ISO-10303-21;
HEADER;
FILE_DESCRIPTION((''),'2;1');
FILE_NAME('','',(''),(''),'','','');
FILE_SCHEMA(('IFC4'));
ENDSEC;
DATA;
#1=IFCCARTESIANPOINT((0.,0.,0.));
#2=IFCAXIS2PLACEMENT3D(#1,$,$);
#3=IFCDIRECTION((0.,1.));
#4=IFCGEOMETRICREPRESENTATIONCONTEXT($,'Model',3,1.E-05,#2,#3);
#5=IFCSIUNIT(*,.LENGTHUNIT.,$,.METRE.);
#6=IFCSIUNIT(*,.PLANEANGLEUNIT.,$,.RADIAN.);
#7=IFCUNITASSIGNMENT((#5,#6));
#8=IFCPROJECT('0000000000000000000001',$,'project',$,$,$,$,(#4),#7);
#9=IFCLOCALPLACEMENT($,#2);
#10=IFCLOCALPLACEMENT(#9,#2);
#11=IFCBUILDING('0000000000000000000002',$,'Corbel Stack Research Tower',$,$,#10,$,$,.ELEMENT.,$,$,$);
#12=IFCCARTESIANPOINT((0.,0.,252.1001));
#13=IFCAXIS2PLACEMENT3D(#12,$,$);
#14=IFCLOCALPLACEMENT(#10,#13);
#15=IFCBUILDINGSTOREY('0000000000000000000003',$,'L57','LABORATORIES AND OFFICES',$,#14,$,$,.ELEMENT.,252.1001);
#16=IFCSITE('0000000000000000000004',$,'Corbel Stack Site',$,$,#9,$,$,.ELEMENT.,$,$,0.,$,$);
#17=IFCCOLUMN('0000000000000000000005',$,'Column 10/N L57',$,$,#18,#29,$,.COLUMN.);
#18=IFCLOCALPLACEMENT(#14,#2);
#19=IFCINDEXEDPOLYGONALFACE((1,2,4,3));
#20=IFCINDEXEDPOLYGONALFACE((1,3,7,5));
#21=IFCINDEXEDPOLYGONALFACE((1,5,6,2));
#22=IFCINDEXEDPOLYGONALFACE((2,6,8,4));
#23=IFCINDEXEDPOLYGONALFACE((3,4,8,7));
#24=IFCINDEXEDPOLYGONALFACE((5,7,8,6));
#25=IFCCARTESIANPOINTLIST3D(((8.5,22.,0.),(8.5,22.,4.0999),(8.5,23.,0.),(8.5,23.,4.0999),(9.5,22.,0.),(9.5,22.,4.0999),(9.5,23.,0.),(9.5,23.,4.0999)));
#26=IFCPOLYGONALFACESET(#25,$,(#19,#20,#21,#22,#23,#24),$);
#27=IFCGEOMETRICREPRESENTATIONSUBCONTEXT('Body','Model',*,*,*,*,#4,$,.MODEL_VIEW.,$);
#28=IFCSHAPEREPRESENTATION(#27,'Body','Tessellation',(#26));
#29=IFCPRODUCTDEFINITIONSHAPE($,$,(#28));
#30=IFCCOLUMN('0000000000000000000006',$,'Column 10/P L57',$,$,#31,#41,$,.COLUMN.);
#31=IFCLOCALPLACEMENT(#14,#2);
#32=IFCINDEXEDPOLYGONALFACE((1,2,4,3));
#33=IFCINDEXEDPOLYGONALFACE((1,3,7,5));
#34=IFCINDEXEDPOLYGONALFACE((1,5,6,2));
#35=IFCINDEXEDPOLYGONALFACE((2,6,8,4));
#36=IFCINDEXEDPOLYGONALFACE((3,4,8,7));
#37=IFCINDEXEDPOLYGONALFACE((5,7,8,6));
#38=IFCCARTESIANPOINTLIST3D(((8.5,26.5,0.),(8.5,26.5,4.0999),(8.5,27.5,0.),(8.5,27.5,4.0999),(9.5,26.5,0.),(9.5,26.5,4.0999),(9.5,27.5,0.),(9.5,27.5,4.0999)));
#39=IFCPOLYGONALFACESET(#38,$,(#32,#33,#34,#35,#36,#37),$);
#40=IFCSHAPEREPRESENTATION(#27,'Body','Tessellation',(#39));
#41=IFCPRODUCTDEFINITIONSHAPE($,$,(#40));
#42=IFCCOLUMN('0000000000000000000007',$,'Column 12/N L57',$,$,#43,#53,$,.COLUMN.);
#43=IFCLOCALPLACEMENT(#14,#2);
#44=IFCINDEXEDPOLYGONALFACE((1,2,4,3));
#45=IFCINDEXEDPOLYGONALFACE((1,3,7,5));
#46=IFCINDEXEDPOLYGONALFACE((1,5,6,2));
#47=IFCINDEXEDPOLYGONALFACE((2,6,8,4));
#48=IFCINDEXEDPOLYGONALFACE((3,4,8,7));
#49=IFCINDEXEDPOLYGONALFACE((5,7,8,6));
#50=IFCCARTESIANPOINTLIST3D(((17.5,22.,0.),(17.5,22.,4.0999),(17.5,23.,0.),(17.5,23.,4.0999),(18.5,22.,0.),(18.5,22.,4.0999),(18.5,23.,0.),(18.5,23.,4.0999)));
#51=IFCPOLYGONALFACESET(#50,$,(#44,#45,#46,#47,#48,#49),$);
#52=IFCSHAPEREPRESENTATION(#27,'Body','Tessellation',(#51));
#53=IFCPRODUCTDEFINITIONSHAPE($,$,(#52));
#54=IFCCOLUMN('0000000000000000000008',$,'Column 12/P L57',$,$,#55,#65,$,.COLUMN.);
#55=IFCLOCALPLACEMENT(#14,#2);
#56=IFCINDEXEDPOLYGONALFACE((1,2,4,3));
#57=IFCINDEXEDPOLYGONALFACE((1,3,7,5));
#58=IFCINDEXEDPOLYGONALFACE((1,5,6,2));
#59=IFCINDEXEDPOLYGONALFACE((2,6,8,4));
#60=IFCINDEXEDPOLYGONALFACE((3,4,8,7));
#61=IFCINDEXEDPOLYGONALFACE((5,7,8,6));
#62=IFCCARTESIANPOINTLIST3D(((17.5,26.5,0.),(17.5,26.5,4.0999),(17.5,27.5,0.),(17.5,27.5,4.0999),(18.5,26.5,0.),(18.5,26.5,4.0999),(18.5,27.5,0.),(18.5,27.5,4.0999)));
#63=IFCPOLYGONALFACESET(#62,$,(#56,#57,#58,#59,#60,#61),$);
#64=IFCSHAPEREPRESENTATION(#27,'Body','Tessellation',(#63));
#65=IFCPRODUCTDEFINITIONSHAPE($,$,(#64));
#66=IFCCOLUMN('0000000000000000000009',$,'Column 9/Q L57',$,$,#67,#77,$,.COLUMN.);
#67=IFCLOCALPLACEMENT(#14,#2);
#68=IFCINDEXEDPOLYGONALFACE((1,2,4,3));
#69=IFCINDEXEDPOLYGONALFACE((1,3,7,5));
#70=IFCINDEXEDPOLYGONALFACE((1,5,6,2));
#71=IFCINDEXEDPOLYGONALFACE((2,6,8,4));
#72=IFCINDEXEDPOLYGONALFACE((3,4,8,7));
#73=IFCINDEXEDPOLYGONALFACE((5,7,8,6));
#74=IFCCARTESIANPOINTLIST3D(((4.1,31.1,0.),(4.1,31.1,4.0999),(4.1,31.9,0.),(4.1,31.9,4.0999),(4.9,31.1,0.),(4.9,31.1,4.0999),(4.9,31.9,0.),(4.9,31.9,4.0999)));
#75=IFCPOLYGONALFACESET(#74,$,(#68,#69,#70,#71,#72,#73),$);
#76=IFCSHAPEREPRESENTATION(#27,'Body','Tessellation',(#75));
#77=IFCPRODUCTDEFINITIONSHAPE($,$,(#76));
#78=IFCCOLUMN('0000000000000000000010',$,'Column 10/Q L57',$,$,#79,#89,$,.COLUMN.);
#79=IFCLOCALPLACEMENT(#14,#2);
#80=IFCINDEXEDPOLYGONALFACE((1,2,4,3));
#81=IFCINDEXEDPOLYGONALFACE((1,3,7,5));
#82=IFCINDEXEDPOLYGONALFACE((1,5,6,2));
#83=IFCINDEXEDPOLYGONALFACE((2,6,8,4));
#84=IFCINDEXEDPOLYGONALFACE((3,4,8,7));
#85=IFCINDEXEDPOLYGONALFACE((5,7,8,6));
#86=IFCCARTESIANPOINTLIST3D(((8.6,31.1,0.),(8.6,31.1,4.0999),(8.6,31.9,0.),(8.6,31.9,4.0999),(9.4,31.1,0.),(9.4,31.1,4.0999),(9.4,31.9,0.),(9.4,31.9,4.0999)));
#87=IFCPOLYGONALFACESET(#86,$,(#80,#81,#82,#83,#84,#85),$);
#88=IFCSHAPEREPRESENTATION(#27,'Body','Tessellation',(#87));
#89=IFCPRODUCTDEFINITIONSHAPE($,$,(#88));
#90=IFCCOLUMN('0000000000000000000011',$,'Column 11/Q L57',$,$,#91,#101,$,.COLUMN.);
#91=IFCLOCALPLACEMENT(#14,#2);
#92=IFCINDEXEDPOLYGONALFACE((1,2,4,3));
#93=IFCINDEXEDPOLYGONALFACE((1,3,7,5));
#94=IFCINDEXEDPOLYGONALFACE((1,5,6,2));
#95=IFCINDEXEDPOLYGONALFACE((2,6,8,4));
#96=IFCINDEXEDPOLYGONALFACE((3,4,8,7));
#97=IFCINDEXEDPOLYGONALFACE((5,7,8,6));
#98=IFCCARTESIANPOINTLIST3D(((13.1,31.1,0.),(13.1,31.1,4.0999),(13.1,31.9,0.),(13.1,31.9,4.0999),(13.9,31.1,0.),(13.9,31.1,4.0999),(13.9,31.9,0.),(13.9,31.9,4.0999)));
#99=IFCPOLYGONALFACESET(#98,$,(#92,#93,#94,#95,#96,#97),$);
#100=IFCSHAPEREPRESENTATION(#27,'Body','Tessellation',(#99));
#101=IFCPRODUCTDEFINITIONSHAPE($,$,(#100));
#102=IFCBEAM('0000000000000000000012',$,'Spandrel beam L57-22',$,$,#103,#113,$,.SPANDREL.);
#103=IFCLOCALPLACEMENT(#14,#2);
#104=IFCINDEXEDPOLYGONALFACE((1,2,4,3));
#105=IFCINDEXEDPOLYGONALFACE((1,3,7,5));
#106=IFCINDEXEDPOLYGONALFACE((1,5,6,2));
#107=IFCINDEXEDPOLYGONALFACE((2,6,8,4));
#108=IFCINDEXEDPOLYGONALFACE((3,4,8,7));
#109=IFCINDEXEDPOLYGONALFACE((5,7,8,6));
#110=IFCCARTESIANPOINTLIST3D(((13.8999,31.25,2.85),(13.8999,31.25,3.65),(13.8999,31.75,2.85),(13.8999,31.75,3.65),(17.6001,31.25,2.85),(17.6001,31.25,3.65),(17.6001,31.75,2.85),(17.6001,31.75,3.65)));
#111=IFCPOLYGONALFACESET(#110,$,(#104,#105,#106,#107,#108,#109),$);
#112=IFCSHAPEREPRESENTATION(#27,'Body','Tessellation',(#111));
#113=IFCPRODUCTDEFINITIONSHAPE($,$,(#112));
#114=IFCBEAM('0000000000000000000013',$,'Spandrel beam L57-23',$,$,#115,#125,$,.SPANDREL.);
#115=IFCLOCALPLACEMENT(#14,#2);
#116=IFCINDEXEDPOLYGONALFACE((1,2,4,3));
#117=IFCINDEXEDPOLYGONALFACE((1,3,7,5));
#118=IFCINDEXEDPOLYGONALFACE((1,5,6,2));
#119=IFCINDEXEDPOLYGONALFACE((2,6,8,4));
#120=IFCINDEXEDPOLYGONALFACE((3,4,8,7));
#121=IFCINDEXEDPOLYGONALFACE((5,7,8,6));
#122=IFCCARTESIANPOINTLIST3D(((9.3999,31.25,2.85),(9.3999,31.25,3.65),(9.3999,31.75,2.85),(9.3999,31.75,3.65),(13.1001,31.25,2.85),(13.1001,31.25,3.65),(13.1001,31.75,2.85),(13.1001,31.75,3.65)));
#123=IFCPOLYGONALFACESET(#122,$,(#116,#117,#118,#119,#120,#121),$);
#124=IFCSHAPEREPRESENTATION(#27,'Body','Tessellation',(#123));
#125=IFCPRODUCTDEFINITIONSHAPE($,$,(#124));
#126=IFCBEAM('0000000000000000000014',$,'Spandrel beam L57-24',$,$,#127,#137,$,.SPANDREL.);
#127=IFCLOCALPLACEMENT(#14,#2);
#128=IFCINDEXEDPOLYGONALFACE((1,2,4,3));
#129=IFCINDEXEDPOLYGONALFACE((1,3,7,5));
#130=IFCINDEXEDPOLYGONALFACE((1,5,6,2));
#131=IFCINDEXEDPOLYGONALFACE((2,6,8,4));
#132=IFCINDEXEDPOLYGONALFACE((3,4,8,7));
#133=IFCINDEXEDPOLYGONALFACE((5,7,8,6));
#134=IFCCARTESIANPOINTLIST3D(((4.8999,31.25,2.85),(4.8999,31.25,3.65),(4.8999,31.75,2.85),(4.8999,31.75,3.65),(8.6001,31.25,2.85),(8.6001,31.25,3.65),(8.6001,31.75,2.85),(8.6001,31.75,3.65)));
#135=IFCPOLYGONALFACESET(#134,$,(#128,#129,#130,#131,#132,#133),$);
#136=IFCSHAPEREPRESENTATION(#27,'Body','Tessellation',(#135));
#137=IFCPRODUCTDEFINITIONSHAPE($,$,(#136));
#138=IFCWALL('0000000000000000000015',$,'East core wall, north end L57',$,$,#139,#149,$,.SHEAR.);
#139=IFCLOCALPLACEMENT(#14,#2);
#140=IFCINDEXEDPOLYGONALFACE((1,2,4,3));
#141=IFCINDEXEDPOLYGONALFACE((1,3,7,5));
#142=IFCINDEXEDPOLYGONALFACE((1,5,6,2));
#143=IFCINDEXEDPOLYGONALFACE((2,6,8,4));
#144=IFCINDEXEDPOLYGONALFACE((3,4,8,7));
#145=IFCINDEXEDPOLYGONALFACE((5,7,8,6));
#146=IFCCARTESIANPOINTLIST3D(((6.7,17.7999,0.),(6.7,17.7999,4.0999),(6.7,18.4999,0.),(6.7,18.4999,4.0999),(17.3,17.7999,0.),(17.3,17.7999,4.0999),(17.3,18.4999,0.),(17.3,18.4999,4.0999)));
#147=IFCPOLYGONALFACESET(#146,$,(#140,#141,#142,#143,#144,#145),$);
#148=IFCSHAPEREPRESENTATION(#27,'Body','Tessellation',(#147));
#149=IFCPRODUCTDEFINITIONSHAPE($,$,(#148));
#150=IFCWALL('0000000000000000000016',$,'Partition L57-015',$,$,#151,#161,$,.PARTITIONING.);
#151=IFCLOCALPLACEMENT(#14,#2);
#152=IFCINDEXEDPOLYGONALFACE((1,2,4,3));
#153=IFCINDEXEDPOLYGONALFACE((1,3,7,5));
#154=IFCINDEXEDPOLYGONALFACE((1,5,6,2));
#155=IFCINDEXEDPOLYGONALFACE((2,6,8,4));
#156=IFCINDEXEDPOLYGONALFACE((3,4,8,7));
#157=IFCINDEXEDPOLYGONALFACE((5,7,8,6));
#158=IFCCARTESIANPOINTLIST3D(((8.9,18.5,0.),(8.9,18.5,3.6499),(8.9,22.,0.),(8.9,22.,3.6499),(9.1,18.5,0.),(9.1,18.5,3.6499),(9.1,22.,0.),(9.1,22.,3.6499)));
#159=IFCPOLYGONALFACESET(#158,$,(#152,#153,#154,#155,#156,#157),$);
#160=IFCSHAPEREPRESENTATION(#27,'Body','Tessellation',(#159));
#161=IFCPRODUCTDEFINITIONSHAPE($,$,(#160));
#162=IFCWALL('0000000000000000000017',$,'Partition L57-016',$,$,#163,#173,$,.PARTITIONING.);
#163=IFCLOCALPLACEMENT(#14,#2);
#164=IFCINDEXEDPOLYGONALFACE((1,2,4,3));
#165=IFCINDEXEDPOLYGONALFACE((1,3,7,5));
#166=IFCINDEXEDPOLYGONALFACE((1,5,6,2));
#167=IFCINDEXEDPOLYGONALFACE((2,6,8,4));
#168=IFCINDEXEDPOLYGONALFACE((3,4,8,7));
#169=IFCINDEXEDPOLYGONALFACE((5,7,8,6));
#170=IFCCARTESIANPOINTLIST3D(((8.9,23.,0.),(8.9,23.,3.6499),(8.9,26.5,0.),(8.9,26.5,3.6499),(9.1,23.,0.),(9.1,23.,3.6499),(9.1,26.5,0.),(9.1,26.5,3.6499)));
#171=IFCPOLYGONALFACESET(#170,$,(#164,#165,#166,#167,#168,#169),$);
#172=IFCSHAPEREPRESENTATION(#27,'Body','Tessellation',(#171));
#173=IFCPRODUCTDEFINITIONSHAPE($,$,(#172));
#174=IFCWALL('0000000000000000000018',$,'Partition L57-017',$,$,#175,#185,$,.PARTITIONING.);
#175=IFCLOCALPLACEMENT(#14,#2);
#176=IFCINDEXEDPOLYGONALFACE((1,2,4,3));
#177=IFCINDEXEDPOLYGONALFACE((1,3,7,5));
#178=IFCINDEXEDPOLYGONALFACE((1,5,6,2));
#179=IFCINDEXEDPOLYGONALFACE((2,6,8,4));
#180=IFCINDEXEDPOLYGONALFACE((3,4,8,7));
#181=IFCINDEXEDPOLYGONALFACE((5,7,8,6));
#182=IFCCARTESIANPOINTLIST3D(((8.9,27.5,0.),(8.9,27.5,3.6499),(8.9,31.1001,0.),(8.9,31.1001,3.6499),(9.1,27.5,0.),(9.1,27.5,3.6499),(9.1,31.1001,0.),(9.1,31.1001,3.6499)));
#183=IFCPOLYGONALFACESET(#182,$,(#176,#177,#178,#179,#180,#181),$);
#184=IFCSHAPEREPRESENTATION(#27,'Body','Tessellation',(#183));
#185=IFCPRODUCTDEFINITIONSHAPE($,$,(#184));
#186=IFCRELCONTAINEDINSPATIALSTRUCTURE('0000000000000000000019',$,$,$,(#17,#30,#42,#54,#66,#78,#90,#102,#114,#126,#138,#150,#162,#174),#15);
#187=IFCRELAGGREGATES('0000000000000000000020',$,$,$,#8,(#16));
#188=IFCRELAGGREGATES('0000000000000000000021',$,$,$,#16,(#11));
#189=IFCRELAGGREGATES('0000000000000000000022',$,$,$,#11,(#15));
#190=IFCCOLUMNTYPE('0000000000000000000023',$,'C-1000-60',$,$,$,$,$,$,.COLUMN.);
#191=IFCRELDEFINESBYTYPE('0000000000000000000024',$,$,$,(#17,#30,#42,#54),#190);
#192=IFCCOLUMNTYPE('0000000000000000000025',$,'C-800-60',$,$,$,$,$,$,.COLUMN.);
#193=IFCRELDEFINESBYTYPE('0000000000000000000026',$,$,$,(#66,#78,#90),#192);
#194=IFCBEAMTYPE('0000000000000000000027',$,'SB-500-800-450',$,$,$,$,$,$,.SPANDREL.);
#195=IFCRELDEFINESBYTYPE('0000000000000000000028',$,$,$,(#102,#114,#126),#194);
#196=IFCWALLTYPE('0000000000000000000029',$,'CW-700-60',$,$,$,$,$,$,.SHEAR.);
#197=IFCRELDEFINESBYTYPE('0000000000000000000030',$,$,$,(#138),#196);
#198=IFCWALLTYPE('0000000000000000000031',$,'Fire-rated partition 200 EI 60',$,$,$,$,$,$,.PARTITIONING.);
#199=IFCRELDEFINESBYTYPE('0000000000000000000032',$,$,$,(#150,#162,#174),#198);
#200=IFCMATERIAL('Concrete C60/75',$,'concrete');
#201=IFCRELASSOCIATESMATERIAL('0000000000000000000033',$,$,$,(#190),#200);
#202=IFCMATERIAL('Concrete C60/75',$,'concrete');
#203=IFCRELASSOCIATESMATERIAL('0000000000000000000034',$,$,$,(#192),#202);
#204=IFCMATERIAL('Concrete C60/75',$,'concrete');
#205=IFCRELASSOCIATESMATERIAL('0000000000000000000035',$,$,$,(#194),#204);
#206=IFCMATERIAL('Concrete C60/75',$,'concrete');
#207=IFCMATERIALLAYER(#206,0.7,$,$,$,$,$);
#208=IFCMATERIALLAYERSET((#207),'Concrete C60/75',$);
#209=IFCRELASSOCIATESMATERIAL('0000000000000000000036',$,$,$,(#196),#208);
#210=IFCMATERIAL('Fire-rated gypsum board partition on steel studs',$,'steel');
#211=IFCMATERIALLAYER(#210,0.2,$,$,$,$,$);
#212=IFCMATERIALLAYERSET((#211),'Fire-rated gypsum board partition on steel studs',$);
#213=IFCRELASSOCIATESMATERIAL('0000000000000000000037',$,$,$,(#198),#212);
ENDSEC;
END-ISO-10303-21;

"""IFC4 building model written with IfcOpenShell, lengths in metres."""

from ifc_helpers import new_model, si_unit, direction, frame, frame_2d, origin, origin_2d, place, context, subcontext, project, spatial, rectangle, extrude, material, layer, layer_set, material_profile, profile_set, type_object, element, save


model = new_model("IFC4")

# Units and contexts
model_context = context("Model", 3, precision=1e-05, world=origin(), true_north=direction((0.0, 1.0)))
body_context = subcontext(model_context, "Body", "Model", "MODEL_VIEW")
ifc_project = project(units=[si_unit("LENGTHUNIT", "METRE"), si_unit("PLANEANGLEUNIT", "RADIAN")], contexts=[model_context])

# Site, building, storey
site_placement = place(None, origin())
site = spatial("IfcSite", under=ifc_project, at=site_placement, Name="Corbel Stack Site", CompositionType="ELEMENT", RefElevation=0.0)
building_placement = place(site_placement, origin())
building = spatial("IfcBuilding", under=site, at=building_placement, Name="Corbel Stack Research Tower", CompositionType="ELEMENT")
storey_placement = place(building_placement, frame((0.0, 0.0, 252.1001)))
storey = spatial("IfcBuildingStorey", under=building, at=storey_placement, Name="L57", Description="LABORATORIES AND OFFICES", CompositionType="ELEMENT", Elevation=252.1001)

# Columns
ifc_material_1 = material(Name="Concrete C60/75", Category="concrete")
ifc_material_profile_1 = material_profile(ifc_material_1, rectangle(XDim=1.0, YDim=1.0, at=origin_2d()), Name="RC 1000 x 1000")
ifc_profile_set_1 = profile_set([ifc_material_profile_1], Name="Concrete C60/75")
column_type_1 = type_object("IfcColumnType", Name="C-1000-60", PredefinedType="COLUMN", material=ifc_profile_set_1)
for number, where, z_axis, x_axis, name in (
    (1, (9.0, 22.5, 0.0), (0.0, 0.0, 1.0), (1.0, 0.0, 0.0), "Column 10/N L57"),
    (2, (9.0, 27.0, 0.0), (0.0, 0.0, 1.0), (1.0, 0.0, 0.0), "Column 10/P L57"),
    (3, (18.0, 22.5, 0.0), (0.0, 0.0, 1.0), (1.0, 0.0, 0.0), "Column 12/N L57"),
    (4, (18.0, 27.0, 0.0), (0.0, 0.0, 1.0), (1.0, 0.0, 0.0), "Column 12/P L57"),
):
    element("IfcColumn", number, at=place(storey_placement, frame(where, z_axis=z_axis, x_axis=x_axis)), inside=storey, type_object=column_type_1, Name=name, PredefinedType="COLUMN", context=body_context, shape_type="SweptSolid", body=[
        extrude(rectangle(XDim=1.0, YDim=1.0, at=origin_2d()), origin(), (0.0, 0.0, 1.0), 4.0999),
    ])
ifc_material_2 = material(Name="Concrete C60/75", Category="concrete")
ifc_material_profile_2 = material_profile(ifc_material_2, rectangle(XDim=0.8, YDim=0.8, at=origin_2d()), Name="RC 800 x 800")
ifc_profile_set_2 = profile_set([ifc_material_profile_2], Name="Concrete C60/75")
column_type_2 = type_object("IfcColumnType", Name="C-800-60", PredefinedType="COLUMN", material=ifc_profile_set_2)
for number, where, z_axis, x_axis, name in (
    (5, (4.5, 31.5, 0.0), (0.0, 0.0, 1.0), (1.0, 0.0, 0.0), "Column 9/Q L57"),
    (6, (9.0, 31.5, 0.0), (0.0, 0.0, 1.0), (1.0, 0.0, 0.0), "Column 10/Q L57"),
    (7, (13.5, 31.5, 0.0), (0.0, 0.0, 1.0), (1.0, 0.0, 0.0), "Column 11/Q L57"),
):
    element("IfcColumn", number, at=place(storey_placement, frame(where, z_axis=z_axis, x_axis=x_axis)), inside=storey, type_object=column_type_2, Name=name, PredefinedType="COLUMN", context=body_context, shape_type="SweptSolid", body=[
        extrude(rectangle(XDim=0.8, YDim=0.8, at=origin_2d()), origin(), (0.0, 0.0, 1.0), 4.0999),
    ])

# Beams
ifc_material_3 = material(Name="Concrete C60/75", Category="concrete")
ifc_material_profile_3 = material_profile(ifc_material_3, rectangle(XDim=0.5, YDim=0.8, at=origin_2d()), Name="RC 500 x 800")
ifc_profile_set_3 = profile_set([ifc_material_profile_3], Name="Concrete C60/75")
beam_type = type_object("IfcBeamType", Name="SB-500-800-450", PredefinedType="SPANDREL", material=ifc_profile_set_3)
for number, where, z_axis, x_axis, name in (
    (8, (17.6001, 31.5, 3.25), (-1.0, 0.0, 0.0), (0.0, -1.0, 0.0), "Spandrel beam L57-22"),
    (9, (13.1001, 31.5, 3.25), (-1.0, 0.0, 0.0), (0.0, -1.0, 0.0), "Spandrel beam L57-23"),
    (10, (8.6001, 31.5, 3.25), (-1.0, 0.0, 0.0), (0.0, -1.0, 0.0), "Spandrel beam L57-24"),
):
    element("IfcBeam", number, at=place(storey_placement, frame(where, z_axis=z_axis, x_axis=x_axis)), inside=storey, type_object=beam_type, Name=name, PredefinedType="SPANDREL", context=body_context, shape_type="SweptSolid", body=[
        extrude(rectangle(XDim=0.5, YDim=0.8, at=origin_2d()), origin(), (0.0, 0.0, 1.0), 3.7002),
    ])

# Walls
ifc_material_4 = material(Name="Concrete C60/75", Category="concrete")
ifc_layer_1 = layer(ifc_material_4, 0.7)
ifc_layer_set_1 = layer_set([ifc_layer_1], Name="Concrete C60/75")
wall_type_1 = type_object("IfcWallType", Name="CW-700-60", PredefinedType="SHEAR", material=ifc_layer_set_1)
wall_1_placement = place(storey_placement, frame((6.7, 18.1499, 0.0), z_axis=(0.0, 0.0, 1.0), x_axis=(1.0, 0.0, 0.0)))
element("IfcWall", 11, at=wall_1_placement, inside=storey, type_object=wall_type_1, Name="East core wall, north end L57", PredefinedType="SHEAR", context=body_context, shape_type="SweptSolid", body=[
    extrude(rectangle(XDim=10.6001, YDim=0.7, at=frame_2d((5.3, 0.0))), origin(), (0.0, 0.0, 1.0), 4.0999),
])
ifc_material_5 = material(Name="Fire-rated gypsum board partition on steel studs", Category="steel")
ifc_layer_2 = layer(ifc_material_5, 0.2)
ifc_layer_set_2 = layer_set([ifc_layer_2], Name="Fire-rated gypsum board partition on steel studs")
wall_type_2 = type_object("IfcWallType", Name="Fire-rated partition 200 EI 60", PredefinedType="PARTITIONING", material=ifc_layer_set_2)
for number, where, z_axis, x_axis, name in (
    (12, (9.0, 18.5, 0.0), (0.0, 0.0, 1.0), (0.0, 1.0, 0.0), "Partition L57-015"),
    (13, (9.0, 23.0, 0.0), (0.0, 0.0, 1.0), (0.0, 1.0, 0.0), "Partition L57-016"),
):
    element("IfcWall", number, at=place(storey_placement, frame(where, z_axis=z_axis, x_axis=x_axis)), inside=storey, type_object=wall_type_2, Name=name, PredefinedType="PARTITIONING", context=body_context, shape_type="SweptSolid", body=[
        extrude(rectangle(XDim=3.5, YDim=0.2, at=frame_2d((1.75, 0.0))), origin(), (0.0, 0.0, 1.0), 3.6499),
    ])
wall_2_placement = place(storey_placement, frame((9.0, 27.5, 0.0), z_axis=(0.0, 0.0, 1.0), x_axis=(0.0, 1.0, 0.0)))
element("IfcWall", 14, at=wall_2_placement, inside=storey, type_object=wall_type_2, Name="Partition L57-017", PredefinedType="PARTITIONING", context=body_context, shape_type="SweptSolid", body=[
    extrude(rectangle(XDim=3.6001, YDim=0.2, at=frame_2d((1.8, 0.0))), origin(), (0.0, 0.0, 1.0), 3.6499),
])

save(model, "model.ifc")
